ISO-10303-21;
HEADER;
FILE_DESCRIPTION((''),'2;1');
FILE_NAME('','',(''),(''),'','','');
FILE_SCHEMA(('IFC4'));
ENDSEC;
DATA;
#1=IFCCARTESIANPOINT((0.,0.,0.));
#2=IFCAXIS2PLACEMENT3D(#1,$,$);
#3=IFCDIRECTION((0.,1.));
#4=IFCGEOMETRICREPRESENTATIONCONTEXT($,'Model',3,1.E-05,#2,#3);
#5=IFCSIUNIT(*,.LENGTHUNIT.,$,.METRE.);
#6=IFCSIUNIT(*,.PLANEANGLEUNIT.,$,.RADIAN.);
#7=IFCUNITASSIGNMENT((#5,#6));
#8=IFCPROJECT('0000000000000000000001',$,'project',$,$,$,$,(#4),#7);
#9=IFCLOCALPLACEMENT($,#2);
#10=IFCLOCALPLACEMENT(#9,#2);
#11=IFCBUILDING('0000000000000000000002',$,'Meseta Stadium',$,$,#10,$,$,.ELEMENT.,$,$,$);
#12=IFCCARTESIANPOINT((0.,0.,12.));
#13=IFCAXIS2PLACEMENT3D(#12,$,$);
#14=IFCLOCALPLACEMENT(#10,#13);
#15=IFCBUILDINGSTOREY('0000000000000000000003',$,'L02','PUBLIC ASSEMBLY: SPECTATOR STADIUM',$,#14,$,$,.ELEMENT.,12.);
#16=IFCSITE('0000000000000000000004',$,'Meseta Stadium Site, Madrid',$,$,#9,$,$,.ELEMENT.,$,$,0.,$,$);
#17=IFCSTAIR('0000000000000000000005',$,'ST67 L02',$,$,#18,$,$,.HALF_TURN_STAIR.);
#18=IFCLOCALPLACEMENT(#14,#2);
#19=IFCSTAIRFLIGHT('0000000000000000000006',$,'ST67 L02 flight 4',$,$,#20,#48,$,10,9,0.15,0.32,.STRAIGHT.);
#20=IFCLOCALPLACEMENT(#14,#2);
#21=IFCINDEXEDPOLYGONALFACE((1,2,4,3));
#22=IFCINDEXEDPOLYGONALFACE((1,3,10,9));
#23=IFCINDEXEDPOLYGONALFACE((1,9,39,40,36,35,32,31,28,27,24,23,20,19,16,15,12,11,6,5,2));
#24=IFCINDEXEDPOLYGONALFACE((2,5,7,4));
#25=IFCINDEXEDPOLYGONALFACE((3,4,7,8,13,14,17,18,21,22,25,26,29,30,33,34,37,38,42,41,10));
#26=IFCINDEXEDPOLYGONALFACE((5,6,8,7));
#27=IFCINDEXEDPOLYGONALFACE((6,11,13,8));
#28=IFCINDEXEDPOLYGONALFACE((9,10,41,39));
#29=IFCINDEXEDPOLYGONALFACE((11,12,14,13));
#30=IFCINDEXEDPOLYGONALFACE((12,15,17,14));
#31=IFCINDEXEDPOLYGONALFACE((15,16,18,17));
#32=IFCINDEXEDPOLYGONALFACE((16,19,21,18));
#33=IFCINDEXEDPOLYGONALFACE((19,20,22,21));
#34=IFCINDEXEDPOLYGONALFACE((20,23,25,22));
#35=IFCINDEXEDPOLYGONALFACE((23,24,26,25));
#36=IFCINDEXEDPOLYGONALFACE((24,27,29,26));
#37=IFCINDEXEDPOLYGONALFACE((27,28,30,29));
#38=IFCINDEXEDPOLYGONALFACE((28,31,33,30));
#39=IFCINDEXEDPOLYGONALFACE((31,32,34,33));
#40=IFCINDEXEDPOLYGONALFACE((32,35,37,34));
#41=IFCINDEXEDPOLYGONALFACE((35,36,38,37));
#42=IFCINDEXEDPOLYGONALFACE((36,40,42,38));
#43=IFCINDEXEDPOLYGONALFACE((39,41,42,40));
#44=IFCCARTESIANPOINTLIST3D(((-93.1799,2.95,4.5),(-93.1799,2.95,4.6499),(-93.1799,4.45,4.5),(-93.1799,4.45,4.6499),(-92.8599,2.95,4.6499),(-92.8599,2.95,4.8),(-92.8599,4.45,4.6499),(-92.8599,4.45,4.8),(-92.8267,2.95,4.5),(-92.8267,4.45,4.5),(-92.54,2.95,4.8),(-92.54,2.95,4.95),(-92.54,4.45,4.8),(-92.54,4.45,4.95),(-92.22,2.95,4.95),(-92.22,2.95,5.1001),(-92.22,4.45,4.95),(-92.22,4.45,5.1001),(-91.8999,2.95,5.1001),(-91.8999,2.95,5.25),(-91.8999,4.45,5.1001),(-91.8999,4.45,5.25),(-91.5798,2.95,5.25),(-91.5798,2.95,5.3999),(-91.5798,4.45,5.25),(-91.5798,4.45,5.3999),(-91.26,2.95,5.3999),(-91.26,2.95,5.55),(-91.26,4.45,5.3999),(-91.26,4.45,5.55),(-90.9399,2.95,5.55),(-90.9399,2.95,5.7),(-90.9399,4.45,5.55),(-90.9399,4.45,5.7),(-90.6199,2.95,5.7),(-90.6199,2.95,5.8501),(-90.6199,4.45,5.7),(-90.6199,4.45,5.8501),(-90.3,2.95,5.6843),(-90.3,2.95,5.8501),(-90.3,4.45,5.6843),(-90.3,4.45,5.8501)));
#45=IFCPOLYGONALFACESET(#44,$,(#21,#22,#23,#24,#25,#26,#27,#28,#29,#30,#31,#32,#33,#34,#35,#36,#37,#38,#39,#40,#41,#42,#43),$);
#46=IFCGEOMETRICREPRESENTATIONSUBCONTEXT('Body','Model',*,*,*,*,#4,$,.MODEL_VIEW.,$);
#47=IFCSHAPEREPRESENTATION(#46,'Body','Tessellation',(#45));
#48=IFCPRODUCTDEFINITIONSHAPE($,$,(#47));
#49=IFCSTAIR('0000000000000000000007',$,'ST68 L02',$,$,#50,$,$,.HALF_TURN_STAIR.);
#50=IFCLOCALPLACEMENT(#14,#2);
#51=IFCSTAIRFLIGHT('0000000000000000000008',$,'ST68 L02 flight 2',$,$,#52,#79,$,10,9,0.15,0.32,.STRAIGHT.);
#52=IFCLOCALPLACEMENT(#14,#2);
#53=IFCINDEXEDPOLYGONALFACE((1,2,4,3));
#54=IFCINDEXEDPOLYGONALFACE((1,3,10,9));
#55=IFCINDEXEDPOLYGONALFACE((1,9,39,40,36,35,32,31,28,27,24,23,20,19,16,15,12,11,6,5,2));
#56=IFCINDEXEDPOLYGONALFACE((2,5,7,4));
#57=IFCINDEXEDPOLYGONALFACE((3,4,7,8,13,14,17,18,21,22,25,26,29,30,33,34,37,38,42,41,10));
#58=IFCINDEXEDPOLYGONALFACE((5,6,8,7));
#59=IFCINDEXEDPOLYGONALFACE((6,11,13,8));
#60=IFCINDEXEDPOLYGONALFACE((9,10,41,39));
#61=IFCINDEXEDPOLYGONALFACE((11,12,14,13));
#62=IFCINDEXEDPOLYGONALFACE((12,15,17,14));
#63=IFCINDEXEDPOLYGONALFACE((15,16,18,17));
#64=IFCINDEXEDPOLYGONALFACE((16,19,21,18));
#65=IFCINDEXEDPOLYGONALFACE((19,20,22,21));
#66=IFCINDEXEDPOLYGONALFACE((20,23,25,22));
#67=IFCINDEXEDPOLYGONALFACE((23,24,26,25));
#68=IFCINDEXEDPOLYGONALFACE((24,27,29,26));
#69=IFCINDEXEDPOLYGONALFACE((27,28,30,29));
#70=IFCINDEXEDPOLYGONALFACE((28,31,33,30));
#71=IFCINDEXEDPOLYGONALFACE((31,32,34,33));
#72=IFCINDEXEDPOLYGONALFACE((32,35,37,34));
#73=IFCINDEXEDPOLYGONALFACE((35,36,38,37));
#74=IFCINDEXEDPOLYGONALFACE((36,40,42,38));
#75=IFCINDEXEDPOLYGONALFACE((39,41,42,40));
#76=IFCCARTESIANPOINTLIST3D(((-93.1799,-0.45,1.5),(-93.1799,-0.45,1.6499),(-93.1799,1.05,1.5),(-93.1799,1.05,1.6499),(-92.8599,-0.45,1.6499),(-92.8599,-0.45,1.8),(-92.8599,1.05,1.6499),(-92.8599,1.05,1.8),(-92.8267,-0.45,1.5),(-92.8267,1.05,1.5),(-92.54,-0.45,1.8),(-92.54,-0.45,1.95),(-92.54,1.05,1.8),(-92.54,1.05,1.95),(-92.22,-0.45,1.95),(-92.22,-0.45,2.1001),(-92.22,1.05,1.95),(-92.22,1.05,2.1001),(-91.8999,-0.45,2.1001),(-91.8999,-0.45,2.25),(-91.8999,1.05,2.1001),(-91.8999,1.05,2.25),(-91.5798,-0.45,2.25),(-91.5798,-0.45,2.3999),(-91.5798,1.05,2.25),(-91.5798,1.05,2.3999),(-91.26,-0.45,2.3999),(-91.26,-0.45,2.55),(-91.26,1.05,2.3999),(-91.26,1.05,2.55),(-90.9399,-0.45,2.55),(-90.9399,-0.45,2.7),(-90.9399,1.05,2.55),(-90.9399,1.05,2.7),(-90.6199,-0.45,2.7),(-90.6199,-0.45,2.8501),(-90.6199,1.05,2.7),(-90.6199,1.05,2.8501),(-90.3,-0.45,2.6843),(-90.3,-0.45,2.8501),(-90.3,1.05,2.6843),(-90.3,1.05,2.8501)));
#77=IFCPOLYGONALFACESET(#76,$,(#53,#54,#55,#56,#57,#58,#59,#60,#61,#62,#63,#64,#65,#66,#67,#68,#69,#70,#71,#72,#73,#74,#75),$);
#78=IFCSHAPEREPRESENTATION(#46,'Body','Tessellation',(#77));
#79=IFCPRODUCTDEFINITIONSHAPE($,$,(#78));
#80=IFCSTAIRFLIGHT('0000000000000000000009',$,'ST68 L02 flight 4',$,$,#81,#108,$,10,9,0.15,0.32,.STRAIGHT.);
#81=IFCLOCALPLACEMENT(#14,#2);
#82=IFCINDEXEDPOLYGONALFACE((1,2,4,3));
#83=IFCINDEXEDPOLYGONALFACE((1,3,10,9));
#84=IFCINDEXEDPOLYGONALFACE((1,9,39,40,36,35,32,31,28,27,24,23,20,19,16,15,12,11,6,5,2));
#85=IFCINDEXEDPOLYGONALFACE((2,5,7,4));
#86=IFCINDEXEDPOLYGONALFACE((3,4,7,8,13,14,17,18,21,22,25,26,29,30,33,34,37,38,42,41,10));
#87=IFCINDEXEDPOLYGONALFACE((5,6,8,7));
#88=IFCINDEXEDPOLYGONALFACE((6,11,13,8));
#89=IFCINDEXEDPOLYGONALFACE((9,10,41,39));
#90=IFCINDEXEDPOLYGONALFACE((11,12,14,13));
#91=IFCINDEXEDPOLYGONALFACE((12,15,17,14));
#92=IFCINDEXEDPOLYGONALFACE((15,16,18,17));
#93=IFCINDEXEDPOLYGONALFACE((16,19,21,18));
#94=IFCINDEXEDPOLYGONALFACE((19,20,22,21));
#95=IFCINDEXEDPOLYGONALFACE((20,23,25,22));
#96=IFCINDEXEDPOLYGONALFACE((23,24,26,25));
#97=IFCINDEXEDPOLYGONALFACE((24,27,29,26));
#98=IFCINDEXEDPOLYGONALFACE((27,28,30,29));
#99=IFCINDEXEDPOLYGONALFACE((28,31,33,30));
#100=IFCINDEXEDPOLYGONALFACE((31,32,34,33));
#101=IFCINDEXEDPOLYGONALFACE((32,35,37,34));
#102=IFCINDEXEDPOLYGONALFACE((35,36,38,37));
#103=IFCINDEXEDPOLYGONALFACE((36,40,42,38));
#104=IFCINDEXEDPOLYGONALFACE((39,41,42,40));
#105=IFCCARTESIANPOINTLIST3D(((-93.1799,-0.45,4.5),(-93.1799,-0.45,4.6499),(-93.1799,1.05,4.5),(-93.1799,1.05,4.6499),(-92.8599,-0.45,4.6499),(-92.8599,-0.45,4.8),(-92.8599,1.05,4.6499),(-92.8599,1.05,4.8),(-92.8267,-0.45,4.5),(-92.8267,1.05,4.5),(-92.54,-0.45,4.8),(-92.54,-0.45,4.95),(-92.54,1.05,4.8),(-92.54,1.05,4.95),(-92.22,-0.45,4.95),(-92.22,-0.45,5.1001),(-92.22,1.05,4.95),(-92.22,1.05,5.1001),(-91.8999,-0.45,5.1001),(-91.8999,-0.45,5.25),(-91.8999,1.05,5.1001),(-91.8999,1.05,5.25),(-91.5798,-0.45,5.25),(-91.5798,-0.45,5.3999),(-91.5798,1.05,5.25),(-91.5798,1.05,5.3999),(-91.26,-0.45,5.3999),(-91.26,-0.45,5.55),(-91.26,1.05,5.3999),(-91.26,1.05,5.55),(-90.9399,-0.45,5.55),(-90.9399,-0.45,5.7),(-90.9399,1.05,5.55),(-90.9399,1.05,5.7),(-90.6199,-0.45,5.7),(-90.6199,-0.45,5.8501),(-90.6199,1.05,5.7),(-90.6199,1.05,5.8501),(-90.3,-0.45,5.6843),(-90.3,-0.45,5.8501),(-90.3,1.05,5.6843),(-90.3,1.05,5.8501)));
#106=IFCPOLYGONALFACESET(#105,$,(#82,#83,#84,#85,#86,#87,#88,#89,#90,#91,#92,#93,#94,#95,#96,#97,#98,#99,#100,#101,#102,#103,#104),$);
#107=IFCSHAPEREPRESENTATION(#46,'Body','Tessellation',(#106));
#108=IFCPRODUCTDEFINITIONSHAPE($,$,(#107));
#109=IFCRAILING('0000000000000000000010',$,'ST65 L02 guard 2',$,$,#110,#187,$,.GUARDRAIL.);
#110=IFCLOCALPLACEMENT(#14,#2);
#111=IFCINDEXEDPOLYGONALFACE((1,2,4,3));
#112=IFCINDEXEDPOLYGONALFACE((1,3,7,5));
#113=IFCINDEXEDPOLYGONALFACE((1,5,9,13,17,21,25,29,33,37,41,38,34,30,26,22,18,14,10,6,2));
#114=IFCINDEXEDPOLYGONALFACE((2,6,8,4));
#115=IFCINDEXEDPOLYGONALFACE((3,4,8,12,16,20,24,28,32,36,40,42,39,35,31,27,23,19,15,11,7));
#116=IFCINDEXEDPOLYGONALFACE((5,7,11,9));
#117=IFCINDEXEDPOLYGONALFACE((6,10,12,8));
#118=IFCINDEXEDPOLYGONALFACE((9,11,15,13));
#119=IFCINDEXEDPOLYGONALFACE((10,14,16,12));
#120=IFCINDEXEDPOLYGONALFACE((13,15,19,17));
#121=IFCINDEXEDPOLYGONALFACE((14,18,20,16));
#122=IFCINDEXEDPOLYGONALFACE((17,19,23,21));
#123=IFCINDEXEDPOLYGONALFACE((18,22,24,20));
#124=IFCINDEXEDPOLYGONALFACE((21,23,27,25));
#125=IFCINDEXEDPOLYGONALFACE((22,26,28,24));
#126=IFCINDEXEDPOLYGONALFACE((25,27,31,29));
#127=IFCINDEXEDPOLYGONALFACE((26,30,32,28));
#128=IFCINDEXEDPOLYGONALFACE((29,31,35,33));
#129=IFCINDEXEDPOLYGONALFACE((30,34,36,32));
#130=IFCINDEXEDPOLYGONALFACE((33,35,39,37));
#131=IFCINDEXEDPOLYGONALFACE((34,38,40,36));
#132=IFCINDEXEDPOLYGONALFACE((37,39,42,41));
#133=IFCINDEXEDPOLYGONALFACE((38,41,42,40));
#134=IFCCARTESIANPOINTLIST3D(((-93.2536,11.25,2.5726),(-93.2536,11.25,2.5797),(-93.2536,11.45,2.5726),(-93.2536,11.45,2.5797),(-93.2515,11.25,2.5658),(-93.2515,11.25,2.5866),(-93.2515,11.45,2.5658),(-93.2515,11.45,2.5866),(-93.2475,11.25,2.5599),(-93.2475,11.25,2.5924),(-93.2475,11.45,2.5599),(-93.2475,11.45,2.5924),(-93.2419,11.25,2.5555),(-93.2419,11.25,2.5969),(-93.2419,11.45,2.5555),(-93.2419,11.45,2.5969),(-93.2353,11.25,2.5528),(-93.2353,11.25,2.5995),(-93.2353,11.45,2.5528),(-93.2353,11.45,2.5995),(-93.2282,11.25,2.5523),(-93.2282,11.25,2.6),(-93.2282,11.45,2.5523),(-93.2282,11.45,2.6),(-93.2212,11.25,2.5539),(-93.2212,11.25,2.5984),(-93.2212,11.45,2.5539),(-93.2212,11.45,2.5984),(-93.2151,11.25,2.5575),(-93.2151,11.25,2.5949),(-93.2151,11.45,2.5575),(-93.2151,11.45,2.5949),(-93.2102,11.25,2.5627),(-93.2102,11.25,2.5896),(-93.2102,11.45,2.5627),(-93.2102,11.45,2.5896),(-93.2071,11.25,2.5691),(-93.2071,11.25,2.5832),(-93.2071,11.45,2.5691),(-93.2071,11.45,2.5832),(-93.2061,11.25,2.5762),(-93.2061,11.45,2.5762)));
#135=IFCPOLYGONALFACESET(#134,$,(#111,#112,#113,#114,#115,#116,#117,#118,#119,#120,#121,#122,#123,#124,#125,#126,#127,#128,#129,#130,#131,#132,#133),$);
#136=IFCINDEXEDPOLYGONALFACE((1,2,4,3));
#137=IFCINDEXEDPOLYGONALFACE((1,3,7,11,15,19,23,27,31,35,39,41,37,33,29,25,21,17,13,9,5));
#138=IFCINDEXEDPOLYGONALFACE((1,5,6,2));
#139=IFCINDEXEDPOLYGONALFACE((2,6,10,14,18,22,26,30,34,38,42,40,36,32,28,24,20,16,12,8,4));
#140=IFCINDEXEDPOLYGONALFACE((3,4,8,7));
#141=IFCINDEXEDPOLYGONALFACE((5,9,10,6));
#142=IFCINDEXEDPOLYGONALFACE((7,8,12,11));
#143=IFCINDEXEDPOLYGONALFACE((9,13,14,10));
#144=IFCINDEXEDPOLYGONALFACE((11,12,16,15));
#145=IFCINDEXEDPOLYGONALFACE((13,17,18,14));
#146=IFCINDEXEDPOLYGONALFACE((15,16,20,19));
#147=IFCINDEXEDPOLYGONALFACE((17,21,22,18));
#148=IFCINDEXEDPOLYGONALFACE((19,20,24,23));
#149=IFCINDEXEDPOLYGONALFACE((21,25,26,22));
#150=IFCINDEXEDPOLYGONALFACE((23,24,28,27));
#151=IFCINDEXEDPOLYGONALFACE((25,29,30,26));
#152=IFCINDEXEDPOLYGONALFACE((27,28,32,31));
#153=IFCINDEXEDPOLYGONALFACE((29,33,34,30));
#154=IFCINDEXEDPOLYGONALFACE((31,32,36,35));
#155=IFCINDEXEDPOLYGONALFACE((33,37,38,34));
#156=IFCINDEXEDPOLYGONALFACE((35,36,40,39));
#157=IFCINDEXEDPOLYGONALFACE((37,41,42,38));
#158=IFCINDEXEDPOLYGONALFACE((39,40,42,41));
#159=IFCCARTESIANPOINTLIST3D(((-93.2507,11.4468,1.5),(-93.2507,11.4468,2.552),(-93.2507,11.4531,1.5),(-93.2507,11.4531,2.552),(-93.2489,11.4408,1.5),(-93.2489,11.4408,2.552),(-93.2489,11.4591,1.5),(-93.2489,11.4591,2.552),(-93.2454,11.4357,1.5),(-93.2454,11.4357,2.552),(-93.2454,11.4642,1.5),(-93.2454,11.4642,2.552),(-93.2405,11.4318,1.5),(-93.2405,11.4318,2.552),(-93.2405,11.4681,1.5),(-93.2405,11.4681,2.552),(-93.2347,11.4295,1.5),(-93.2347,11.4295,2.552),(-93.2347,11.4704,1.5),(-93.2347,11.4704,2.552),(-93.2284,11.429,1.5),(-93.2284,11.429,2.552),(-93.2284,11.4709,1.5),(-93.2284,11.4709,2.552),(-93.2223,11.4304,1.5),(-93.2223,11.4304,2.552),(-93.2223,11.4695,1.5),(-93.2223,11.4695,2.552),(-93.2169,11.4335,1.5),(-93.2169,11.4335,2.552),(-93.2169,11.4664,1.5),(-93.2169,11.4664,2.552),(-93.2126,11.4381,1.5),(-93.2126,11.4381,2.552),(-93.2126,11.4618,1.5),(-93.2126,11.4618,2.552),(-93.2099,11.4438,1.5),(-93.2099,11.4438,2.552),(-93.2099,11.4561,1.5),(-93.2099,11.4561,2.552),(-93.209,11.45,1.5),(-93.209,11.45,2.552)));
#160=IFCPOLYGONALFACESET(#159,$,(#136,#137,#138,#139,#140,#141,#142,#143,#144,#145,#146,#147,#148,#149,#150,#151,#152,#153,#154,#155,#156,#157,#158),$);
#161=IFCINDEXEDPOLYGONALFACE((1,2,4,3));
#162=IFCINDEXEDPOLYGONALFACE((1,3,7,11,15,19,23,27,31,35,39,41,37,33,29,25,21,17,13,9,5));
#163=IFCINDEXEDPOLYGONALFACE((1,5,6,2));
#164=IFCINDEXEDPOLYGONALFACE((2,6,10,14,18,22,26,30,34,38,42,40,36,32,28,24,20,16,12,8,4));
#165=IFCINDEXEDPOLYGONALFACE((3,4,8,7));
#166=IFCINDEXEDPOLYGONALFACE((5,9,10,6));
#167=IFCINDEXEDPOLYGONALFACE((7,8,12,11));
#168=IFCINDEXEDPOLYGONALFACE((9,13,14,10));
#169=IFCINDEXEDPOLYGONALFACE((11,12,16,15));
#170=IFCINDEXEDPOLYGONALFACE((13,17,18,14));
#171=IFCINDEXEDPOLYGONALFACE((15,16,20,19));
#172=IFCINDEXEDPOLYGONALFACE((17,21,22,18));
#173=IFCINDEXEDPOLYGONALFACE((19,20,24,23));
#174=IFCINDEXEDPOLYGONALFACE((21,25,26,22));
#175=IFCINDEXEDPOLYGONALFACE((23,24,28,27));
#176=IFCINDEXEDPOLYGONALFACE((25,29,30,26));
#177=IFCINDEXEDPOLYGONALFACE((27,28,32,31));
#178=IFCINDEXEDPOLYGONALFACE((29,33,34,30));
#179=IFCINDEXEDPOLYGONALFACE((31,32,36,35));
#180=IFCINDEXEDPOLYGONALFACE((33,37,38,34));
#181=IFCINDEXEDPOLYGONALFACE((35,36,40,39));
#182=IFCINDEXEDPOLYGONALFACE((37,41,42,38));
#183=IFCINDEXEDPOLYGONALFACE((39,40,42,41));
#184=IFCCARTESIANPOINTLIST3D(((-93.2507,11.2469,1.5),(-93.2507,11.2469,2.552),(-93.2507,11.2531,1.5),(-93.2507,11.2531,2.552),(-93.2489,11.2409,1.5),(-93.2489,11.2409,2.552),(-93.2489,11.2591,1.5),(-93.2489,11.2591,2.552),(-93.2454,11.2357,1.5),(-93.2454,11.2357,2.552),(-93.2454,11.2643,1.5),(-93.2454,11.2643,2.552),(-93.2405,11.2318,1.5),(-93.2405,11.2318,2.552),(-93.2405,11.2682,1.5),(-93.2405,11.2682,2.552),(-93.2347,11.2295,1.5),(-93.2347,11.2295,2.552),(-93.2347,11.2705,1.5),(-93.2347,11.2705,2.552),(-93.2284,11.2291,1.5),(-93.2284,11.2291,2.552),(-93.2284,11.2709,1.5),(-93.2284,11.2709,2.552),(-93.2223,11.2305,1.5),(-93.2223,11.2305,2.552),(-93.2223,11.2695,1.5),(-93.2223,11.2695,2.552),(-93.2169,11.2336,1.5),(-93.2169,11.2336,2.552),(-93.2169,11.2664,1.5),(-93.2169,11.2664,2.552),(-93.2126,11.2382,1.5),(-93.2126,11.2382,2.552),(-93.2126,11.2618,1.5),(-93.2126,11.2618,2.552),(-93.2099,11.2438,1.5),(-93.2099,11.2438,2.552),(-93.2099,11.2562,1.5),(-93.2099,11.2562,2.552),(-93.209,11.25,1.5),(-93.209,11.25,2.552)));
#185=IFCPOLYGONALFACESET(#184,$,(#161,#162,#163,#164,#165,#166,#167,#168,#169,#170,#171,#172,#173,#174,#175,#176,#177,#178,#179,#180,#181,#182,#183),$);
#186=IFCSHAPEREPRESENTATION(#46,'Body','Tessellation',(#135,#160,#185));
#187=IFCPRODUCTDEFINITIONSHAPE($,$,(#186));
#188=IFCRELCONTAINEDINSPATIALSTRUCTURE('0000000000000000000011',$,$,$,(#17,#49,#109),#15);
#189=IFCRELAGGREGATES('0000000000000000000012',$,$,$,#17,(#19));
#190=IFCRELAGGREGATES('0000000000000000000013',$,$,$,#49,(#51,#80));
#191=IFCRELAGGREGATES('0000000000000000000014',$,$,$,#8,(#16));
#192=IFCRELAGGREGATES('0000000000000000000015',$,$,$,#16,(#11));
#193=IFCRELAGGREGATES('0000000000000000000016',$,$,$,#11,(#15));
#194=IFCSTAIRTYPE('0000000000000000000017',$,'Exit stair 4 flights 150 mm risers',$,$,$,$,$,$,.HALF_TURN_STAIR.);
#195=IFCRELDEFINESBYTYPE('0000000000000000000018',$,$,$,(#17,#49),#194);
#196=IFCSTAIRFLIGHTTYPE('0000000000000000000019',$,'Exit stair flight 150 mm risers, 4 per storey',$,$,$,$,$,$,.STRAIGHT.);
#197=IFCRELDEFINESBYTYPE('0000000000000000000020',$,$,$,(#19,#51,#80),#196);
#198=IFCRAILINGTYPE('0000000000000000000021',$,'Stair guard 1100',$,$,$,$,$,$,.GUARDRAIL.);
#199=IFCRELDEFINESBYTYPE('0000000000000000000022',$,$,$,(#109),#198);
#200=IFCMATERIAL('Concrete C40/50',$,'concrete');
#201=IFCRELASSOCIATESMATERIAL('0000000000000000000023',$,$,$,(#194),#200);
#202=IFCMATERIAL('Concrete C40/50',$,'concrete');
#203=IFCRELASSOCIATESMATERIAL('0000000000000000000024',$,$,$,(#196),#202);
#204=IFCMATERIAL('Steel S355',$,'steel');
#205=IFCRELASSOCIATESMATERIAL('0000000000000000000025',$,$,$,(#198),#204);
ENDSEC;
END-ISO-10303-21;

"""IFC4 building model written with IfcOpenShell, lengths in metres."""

from ifc_helpers import new_model, si_unit, direction, frame, origin, origin_2d, place, context, subcontext, project, spatial, polyline, circle, outline, extrude, material, type_object, element, aggregate, save


model = new_model("IFC4")

# Units and contexts
model_context = context("Model", 3, precision=1e-05, world=origin(), true_north=direction((0.0, 1.0)))
body_context = subcontext(model_context, "Body", "Model", "MODEL_VIEW")
ifc_project = project(units=[si_unit("LENGTHUNIT", "METRE"), si_unit("PLANEANGLEUNIT", "RADIAN")], contexts=[model_context])

# Site, building, storey
site_placement = place(None, origin())
site = spatial("IfcSite", under=ifc_project, at=site_placement, Name="Meseta Stadium Site, Madrid", CompositionType="ELEMENT", RefElevation=0.0)
building_placement = place(site_placement, origin())
building = spatial("IfcBuilding", under=site, at=building_placement, Name="Meseta Stadium", CompositionType="ELEMENT")
storey_placement = place(building_placement, frame((0.0, 0.0, 12.0)))
storey = spatial("IfcBuildingStorey", under=building, at=storey_placement, Name="L02", Description="PUBLIC ASSEMBLY: SPECTATOR STADIUM", CompositionType="ELEMENT", Elevation=12.0)

# Stairs, stair flights
ifc_material_1 = material(Name="Concrete C40/50", Category="concrete")
stair_type = type_object("IfcStairType", Name="Exit stair 4 flights 150 mm risers", PredefinedType="HALF_TURN_STAIR", material=ifc_material_1)
stair_1_placement = place(storey_placement, origin())
stair_1 = element("IfcStair", 1, at=stair_1_placement, inside=storey, type_object=stair_type, Name="ST67 L02", PredefinedType="HALF_TURN_STAIR")
ifc_material_2 = material(Name="Concrete C40/50", Category="concrete")
stair_flight_type = type_object("IfcStairFlightType", Name="Exit stair flight 150 mm risers, 4 per storey", PredefinedType="STRAIGHT", material=ifc_material_2)
stair_flight_1_placement = place(storey_placement, frame((-93.1799, 3.7, 4.5), z_axis=(0.0, 0.0, 1.0), x_axis=(1.0, 0.0, 0.0)))
stair_flight_1 = element("IfcStairFlight", 2, at=stair_flight_1_placement, type_object=stair_flight_type, Name="ST67 L02 flight 4", NumberOfRisers=10, NumberOfTreads=9, PredefinedType="STRAIGHT", RiserHeight=0.15, TreadLength=0.32, context=body_context, shape_type="SweptSolid", body=[
    extrude(outline(polyline([(0.0, 0.0), (0.0, 0.1499), (0.3201, 0.1499), (0.3201, 0.3), (0.6399, 0.3), (0.6399, 0.45), (0.96, 0.45), (0.96, 0.6001), (1.28, 0.6001), (1.28, 0.75), (1.6001, 0.75), (1.6001, 0.8999), (1.9199, 0.8999), (1.9199, 1.05), (2.24, 1.05), (2.24, 1.2), (2.5601, 1.2), (2.5601, 1.3501), (2.8799, 1.3501), (2.8799, 1.1843), (0.3533, 0.0), (0.0, 0.0)])), frame((0.0, 0.75, 0.0), z_axis=(0.0, -1.0, 0.0), x_axis=(1.0, 0.0, 0.0)), (0.0, 0.0, 1.0), 1.5),
])
aggregate(stair_1, [stair_flight_1])
stair_2_placement = place(storey_placement, origin())
stair_2 = element("IfcStair", 3, at=stair_2_placement, inside=storey, type_object=stair_type, Name="ST68 L02", PredefinedType="HALF_TURN_STAIR")
stair_flight_2_placement = place(storey_placement, frame((-93.1799, 0.3, 1.5), z_axis=(0.0, 0.0, 1.0), x_axis=(1.0, 0.0, 0.0)))
stair_flight_2 = element("IfcStairFlight", 4, at=stair_flight_2_placement, type_object=stair_flight_type, Name="ST68 L02 flight 2", NumberOfRisers=10, NumberOfTreads=9, PredefinedType="STRAIGHT", RiserHeight=0.15, TreadLength=0.32, context=body_context, shape_type="SweptSolid", body=[
    extrude(outline(polyline([(0.0, 0.0), (0.0, 0.1499), (0.3201, 0.1499), (0.3201, 0.3), (0.6399, 0.3), (0.6399, 0.45), (0.96, 0.45), (0.96, 0.6001), (1.28, 0.6001), (1.28, 0.75), (1.6001, 0.75), (1.6001, 0.8999), (1.9199, 0.8999), (1.9199, 1.05), (2.24, 1.05), (2.24, 1.2), (2.5601, 1.2), (2.5601, 1.3501), (2.8799, 1.3501), (2.8799, 1.1843), (0.3533, 0.0), (0.0, 0.0)])), frame((0.0, 0.75, 0.0), z_axis=(0.0, -1.0, 0.0), x_axis=(1.0, 0.0, 0.0)), (0.0, 0.0, 1.0), 1.5),
])
stair_flight_3_placement = place(storey_placement, frame((-93.1799, 0.3, 4.5), z_axis=(0.0, 0.0, 1.0), x_axis=(1.0, 0.0, 0.0)))
stair_flight_3 = element("IfcStairFlight", 5, at=stair_flight_3_placement, type_object=stair_flight_type, Name="ST68 L02 flight 4", NumberOfRisers=10, NumberOfTreads=9, PredefinedType="STRAIGHT", RiserHeight=0.15, TreadLength=0.32, context=body_context, shape_type="SweptSolid", body=[
    extrude(outline(polyline([(0.0, 0.0), (0.0, 0.1499), (0.3201, 0.1499), (0.3201, 0.3), (0.6399, 0.3), (0.6399, 0.45), (0.96, 0.45), (0.96, 0.6001), (1.28, 0.6001), (1.28, 0.75), (1.6001, 0.75), (1.6001, 0.8999), (1.9199, 0.8999), (1.9199, 1.05), (2.24, 1.05), (2.24, 1.2), (2.5601, 1.2), (2.5601, 1.3501), (2.8799, 1.3501), (2.8799, 1.1843), (0.3533, 0.0), (0.0, 0.0)])), frame((0.0, 0.75, 0.0), z_axis=(0.0, -1.0, 0.0), x_axis=(1.0, 0.0, 0.0)), (0.0, 0.0, 1.0), 1.5),
])
aggregate(stair_2, [stair_flight_2, stair_flight_3])

# Railing
ifc_material_3 = material(Name="Steel S355", Category="steel")
railing_type_1 = type_object("IfcRailingType", Name="Stair guard 1100", PredefinedType="GUARDRAIL", material=ifc_material_3)
for number, where, name in (
    (6, (-93.23, 11.45, 1.5), "ST65 L02 guard 2"),
):
    element("IfcRailing", number, at=place(storey_placement, frame(where)), inside=storey, type_object=railing_type_1, Name=name, PredefinedType="GUARDRAIL", context=body_context, shape_type="SweptSolid", body=[
        extrude(circle(Radius=0.0239, at=origin_2d()), frame((0.0, 0.0, 1.0762), z_axis=(0.0, -1.0, 0.0), x_axis=(1.0, 0.0, 0.0)), (0.0, 0.0, 1.0), 0.2),
        extrude(circle(Radius=0.021, at=origin_2d()), origin(), (0.0, 0.0, 1.0), 1.052),
        extrude(circle(Radius=0.021, at=origin_2d()), frame((0.0, -0.2, 0.0)), (0.0, 0.0, 1.0), 1.052),
    ])

save(model, "model.ifc")
